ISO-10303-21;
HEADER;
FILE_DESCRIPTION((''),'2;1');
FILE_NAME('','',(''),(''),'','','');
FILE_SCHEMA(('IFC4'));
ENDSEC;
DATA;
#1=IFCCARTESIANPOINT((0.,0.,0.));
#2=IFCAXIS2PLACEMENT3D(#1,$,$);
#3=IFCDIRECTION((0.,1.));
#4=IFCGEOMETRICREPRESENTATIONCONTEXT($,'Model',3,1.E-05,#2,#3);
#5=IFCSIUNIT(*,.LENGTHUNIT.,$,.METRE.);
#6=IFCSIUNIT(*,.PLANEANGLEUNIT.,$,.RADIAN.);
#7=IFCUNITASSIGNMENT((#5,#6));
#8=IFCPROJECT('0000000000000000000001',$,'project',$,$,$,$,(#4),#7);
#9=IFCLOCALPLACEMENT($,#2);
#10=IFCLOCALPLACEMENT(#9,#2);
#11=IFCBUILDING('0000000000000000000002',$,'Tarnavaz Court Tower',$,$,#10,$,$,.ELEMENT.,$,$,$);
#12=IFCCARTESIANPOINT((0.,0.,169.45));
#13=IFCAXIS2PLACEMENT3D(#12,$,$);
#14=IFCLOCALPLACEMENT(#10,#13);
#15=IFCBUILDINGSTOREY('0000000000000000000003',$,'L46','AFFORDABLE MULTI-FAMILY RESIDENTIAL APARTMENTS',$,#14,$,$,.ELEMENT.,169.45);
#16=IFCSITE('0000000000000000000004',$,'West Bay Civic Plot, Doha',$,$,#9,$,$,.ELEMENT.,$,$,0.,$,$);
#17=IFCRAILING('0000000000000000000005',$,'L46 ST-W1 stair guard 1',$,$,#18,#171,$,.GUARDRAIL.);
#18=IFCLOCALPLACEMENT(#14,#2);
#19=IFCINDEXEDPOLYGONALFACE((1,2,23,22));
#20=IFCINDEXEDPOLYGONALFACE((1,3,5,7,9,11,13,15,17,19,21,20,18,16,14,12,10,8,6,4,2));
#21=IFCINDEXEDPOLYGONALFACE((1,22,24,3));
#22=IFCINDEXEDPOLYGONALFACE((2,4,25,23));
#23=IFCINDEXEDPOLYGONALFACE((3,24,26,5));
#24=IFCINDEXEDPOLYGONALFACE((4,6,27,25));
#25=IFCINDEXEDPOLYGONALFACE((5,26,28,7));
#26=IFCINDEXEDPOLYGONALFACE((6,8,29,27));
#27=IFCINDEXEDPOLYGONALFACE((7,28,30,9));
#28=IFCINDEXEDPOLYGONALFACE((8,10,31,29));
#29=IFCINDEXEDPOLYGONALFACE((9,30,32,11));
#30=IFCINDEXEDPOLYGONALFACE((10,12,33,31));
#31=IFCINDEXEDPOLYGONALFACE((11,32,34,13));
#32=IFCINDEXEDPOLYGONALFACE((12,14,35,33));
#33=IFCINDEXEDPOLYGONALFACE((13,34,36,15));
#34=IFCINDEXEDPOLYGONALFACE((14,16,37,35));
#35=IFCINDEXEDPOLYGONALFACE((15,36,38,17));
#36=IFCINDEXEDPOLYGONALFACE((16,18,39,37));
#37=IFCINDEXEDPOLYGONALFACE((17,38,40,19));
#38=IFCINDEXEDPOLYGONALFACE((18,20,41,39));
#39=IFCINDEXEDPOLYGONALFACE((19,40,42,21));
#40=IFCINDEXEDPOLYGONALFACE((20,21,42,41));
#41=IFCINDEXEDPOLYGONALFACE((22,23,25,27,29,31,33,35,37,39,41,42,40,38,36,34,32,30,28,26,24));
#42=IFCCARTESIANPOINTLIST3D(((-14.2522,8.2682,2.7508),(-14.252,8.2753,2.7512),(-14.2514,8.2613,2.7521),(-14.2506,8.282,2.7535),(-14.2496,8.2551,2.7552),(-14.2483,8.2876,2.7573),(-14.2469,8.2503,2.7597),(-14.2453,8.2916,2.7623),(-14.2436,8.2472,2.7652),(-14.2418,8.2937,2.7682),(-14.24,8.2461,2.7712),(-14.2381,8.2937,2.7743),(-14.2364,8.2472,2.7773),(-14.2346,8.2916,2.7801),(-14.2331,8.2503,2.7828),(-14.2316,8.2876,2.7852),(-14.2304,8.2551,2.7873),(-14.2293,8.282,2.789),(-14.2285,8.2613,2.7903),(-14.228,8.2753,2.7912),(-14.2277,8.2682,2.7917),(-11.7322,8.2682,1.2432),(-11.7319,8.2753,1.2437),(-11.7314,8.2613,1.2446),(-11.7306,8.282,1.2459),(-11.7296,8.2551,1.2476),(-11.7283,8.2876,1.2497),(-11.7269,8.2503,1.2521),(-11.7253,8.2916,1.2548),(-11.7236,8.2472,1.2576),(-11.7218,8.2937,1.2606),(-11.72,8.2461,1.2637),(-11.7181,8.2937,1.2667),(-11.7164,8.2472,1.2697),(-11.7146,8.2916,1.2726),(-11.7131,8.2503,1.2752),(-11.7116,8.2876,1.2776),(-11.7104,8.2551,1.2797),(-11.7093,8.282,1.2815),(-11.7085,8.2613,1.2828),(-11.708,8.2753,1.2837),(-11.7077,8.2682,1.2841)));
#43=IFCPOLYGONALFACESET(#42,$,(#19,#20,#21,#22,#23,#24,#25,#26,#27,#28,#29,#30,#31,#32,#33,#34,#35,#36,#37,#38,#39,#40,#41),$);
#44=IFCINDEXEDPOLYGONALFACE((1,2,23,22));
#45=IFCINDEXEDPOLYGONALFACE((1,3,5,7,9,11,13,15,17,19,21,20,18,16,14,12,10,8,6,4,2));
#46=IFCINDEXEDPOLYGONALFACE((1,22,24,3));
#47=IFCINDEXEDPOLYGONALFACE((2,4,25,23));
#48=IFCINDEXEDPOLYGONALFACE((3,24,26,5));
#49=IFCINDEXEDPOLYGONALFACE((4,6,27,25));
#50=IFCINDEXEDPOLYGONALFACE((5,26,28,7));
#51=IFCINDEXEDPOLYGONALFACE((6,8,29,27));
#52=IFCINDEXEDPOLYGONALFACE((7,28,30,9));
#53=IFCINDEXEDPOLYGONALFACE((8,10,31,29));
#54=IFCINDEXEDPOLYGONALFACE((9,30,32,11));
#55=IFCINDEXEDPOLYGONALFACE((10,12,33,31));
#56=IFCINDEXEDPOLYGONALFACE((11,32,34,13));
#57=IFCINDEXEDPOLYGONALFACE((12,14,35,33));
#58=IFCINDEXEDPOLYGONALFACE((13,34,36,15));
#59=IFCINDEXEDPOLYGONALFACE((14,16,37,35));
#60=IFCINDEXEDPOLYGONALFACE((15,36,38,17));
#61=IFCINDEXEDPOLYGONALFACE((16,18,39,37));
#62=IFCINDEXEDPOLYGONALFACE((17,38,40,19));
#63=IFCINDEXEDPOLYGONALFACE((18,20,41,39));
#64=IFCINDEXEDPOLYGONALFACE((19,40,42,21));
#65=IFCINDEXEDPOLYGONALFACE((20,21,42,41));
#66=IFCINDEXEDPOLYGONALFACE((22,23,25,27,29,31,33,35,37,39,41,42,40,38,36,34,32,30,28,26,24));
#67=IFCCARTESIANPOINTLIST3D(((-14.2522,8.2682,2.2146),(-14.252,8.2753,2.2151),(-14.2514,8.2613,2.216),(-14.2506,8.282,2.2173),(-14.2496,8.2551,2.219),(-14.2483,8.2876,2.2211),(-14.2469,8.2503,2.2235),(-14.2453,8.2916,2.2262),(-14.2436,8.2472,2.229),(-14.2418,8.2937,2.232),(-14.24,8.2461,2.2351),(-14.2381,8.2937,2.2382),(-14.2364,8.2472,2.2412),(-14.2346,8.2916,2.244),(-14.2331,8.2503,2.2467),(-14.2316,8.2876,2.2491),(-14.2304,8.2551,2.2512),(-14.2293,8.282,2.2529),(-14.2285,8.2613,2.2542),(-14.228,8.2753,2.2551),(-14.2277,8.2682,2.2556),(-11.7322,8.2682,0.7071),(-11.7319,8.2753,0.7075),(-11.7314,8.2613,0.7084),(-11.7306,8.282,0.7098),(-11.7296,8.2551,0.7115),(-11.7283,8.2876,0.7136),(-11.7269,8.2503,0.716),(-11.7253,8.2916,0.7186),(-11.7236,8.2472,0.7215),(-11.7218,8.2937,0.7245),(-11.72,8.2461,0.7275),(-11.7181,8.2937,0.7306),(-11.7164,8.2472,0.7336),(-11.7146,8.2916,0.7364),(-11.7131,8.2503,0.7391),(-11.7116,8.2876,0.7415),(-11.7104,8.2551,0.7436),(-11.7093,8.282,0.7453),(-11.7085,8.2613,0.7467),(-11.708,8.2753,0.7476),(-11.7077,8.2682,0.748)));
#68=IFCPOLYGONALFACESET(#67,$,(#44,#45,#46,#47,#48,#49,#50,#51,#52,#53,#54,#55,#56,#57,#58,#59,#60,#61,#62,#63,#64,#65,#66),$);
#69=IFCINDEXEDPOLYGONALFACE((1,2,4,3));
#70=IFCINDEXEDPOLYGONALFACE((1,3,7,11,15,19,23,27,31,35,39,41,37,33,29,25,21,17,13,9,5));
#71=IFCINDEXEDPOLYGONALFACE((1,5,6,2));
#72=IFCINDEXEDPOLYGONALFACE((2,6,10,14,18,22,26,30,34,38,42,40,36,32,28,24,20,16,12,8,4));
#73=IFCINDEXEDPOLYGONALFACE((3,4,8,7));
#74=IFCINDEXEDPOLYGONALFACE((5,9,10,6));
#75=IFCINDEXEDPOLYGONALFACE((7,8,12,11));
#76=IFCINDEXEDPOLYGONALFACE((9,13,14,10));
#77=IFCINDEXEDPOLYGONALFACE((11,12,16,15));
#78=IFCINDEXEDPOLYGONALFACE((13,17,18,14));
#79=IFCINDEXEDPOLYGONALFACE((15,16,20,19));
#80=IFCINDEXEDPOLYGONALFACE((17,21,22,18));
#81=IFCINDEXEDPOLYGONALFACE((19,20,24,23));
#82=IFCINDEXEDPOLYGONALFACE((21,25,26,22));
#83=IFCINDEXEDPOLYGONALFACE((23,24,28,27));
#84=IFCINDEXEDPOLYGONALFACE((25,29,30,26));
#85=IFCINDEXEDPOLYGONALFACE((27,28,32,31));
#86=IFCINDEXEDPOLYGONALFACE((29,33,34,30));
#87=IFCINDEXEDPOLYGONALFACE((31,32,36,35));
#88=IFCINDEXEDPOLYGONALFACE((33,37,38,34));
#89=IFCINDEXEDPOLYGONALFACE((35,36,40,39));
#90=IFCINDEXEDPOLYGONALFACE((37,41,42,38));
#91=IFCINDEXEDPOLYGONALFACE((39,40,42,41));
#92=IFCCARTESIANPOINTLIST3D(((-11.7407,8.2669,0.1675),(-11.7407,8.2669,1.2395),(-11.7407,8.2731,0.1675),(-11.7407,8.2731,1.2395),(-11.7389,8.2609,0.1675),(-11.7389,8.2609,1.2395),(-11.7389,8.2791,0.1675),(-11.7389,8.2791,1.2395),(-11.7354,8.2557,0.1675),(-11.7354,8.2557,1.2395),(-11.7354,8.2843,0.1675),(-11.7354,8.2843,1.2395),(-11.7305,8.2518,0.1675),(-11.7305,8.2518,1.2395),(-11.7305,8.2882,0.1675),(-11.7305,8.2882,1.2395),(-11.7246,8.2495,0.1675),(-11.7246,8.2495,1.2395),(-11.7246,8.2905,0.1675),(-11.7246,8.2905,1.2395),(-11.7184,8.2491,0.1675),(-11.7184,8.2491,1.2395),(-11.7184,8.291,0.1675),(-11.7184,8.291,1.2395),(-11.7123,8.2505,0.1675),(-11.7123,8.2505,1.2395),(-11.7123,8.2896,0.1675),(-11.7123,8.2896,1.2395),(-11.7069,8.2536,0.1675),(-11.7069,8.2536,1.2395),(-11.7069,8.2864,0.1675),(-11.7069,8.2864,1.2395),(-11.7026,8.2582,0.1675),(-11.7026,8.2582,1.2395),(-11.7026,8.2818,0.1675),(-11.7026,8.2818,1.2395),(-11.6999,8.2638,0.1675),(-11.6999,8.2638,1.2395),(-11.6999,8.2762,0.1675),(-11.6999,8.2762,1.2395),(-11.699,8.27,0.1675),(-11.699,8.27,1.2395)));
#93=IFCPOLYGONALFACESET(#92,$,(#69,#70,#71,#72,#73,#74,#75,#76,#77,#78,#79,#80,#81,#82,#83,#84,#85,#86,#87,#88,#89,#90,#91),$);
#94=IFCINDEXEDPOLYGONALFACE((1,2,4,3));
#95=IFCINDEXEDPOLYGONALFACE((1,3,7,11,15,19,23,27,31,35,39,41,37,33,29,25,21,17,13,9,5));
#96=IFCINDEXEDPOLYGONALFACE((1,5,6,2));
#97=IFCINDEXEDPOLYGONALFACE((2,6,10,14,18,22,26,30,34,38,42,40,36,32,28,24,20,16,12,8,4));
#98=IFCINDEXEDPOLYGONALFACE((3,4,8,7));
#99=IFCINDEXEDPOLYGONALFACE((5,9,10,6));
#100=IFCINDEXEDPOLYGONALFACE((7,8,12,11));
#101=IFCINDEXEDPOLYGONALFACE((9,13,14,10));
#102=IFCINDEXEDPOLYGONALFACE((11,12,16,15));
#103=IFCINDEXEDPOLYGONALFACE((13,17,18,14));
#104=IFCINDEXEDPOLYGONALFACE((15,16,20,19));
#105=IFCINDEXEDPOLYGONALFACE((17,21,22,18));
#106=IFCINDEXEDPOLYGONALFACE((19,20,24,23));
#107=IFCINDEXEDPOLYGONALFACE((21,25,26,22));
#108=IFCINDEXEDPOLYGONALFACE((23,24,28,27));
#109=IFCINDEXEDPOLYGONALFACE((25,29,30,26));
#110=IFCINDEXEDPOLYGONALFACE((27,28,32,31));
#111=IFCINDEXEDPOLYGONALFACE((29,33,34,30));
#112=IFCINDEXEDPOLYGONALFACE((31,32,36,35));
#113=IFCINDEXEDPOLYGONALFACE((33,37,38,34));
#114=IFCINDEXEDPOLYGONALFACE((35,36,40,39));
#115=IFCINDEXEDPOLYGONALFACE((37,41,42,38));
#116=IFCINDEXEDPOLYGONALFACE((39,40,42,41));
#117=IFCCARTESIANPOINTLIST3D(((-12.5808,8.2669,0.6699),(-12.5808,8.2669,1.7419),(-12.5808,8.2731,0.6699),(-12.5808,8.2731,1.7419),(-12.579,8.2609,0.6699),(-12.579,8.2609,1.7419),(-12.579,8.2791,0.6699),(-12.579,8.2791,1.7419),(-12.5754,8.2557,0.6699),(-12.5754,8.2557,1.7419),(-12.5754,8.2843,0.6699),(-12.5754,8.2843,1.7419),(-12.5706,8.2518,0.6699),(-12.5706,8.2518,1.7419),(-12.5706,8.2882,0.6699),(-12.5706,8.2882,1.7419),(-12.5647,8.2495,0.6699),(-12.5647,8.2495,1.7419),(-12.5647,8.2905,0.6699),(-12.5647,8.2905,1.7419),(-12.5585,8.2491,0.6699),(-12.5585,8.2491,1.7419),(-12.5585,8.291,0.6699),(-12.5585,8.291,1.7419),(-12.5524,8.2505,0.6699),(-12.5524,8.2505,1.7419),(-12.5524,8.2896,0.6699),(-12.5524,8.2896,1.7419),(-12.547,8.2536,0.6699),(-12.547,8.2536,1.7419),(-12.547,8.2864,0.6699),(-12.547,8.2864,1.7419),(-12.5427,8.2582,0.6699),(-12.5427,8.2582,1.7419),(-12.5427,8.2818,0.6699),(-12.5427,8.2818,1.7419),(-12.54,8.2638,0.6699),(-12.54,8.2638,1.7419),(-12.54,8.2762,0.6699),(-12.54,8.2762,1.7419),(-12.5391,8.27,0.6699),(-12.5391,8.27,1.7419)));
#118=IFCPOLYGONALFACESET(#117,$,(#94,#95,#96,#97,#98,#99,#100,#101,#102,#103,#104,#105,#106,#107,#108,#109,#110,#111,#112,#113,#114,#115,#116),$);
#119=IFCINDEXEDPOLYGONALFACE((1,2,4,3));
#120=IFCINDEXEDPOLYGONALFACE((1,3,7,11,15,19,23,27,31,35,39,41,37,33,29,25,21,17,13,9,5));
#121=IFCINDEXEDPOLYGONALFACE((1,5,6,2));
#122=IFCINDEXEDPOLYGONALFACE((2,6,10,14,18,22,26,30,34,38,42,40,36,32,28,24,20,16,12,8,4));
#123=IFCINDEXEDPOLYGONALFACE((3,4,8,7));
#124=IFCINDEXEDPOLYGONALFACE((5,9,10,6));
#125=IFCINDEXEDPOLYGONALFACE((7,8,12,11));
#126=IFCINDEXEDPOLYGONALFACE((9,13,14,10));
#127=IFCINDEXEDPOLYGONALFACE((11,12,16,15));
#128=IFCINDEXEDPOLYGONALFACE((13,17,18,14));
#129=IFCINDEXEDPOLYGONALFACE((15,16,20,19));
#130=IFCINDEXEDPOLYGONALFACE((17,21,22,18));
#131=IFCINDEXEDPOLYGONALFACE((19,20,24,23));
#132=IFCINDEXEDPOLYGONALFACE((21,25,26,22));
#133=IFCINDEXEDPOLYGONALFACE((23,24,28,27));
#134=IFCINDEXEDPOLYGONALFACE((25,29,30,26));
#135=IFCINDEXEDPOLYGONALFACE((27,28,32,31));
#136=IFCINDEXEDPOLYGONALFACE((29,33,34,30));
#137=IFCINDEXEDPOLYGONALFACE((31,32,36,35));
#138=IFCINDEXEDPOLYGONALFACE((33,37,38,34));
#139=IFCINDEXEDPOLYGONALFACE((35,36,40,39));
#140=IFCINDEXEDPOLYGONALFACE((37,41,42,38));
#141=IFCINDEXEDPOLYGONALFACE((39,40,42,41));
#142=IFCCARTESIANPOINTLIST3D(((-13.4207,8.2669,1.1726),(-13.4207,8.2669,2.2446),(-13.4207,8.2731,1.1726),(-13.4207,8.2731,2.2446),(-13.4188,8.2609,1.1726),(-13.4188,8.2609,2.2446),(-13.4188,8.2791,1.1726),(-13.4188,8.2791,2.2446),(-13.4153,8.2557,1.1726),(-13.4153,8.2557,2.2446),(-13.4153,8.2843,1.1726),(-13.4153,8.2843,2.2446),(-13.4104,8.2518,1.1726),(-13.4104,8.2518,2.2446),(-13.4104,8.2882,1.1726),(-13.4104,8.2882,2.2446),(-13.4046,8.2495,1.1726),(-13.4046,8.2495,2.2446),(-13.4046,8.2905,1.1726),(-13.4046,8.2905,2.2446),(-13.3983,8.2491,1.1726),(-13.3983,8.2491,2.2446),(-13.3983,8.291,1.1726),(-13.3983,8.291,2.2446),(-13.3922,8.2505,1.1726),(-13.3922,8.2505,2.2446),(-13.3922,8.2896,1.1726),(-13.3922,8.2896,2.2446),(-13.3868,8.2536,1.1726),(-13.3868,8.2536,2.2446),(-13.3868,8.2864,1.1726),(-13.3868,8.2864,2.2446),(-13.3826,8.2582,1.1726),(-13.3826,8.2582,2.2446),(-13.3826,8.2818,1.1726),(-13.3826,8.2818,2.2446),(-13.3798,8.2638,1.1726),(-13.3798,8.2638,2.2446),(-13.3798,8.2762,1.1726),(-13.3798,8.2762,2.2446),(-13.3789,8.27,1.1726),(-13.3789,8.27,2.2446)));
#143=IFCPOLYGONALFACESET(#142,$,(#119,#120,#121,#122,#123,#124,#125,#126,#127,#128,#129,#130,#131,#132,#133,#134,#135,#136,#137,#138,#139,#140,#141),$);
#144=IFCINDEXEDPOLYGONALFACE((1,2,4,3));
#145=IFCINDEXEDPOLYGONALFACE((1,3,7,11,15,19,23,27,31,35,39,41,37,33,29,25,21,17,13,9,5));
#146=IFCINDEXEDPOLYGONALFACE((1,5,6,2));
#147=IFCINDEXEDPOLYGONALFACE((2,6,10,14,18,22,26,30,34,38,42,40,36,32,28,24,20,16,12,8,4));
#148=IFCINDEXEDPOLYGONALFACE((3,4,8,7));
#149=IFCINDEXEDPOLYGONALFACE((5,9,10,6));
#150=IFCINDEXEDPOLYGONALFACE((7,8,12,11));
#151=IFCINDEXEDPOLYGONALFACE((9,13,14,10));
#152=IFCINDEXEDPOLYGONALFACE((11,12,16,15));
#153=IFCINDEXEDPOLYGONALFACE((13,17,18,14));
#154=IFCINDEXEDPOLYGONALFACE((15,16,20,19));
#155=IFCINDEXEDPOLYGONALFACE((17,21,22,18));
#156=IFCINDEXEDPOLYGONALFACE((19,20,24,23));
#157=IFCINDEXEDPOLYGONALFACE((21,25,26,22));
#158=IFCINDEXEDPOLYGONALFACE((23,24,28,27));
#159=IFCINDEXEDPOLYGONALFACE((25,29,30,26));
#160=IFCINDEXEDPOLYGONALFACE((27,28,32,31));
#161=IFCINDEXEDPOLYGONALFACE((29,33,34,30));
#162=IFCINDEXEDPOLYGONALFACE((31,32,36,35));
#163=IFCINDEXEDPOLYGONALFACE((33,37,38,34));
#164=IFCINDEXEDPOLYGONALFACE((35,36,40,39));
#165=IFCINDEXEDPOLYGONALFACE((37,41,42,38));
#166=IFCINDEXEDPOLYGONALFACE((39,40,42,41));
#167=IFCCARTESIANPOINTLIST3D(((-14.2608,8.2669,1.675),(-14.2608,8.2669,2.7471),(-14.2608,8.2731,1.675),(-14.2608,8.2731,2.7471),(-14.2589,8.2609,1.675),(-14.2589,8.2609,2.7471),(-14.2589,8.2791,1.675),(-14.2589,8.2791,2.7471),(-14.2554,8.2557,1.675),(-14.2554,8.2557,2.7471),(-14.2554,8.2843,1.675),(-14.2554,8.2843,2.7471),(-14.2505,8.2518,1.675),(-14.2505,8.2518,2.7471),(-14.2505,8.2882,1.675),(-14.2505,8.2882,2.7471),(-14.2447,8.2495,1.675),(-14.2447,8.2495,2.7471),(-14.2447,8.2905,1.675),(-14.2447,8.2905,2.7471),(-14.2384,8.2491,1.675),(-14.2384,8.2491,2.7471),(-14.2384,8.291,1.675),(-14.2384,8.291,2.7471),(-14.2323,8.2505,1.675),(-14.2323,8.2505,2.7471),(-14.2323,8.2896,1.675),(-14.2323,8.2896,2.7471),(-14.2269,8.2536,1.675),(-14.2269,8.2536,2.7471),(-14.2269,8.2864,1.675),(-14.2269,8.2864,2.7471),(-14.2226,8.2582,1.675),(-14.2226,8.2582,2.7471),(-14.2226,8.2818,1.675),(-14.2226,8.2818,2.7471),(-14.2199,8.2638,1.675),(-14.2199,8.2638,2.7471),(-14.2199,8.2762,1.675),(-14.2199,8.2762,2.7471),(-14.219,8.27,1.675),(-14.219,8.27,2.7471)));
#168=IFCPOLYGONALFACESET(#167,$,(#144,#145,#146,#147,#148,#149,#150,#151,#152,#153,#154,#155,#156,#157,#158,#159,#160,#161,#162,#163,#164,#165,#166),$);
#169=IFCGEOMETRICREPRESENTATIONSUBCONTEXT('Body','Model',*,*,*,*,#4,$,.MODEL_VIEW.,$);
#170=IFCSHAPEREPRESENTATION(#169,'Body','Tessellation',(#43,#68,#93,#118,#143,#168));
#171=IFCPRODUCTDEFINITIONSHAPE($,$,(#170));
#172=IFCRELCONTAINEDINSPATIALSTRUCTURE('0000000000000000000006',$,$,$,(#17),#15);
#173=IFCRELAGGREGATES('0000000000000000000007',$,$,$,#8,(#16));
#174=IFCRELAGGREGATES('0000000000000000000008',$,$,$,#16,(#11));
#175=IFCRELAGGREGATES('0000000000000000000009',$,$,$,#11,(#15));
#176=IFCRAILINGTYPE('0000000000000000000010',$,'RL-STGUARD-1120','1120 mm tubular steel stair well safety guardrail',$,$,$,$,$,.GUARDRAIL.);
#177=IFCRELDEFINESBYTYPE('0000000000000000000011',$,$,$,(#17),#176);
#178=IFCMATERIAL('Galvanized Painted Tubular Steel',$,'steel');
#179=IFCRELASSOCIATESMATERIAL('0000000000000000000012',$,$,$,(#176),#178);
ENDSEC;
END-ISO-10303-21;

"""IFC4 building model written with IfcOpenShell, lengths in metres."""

from ifc_helpers import new_model, si_unit, direction, frame, origin, origin_2d, place, context, subcontext, project, spatial, circle, extrude, material, type_object, element, save


model = new_model("IFC4")

# Units and contexts
model_context = context("Model", 3, precision=1e-05, world=origin(), true_north=direction((0.0, 1.0)))
body_context = subcontext(model_context, "Body", "Model", "MODEL_VIEW")
ifc_project = project(units=[si_unit("LENGTHUNIT", "METRE"), si_unit("PLANEANGLEUNIT", "RADIAN")], contexts=[model_context])

# Site, building, storey
site_placement = place(None, origin())
site = spatial("IfcSite", under=ifc_project, at=site_placement, Name="West Bay Civic Plot, Doha", CompositionType="ELEMENT", RefElevation=0.0)
building_placement = place(site_placement, origin())
building = spatial("IfcBuilding", under=site, at=building_placement, Name="Tarnavaz Court Tower", CompositionType="ELEMENT")
storey_placement = place(building_placement, frame((0.0, 0.0, 169.45)))
storey = spatial("IfcBuildingStorey", under=building, at=storey_placement, Name="L46", Description="AFFORDABLE MULTI-FAMILY RESIDENTIAL APARTMENTS", CompositionType="ELEMENT", Elevation=169.45)

# Railing
ifc_material_1 = material(Name="Galvanized Painted Tubular Steel", Category="steel")
railing_type_1 = type_object("IfcRailingType", Name="RL-STGUARD-1120", Description="1120 mm tubular steel stair well safety guardrail", PredefinedType="GUARDRAIL", material=ifc_material_1)
railing_1_placement = place(storey_placement, frame((-11.72, 8.27, 0.1675)))
element("IfcRailing", 1, at=railing_1_placement, inside=storey, type_object=railing_type_1, Name="L46 ST-W1 stair guard 1", PredefinedType="GUARDRAIL", context=body_context, shape_type="SweptSolid", body=[
    extrude(circle(Radius=0.0239, at=origin_2d()), frame((0.0, 0.0, 1.0962), z_axis=(-0.85816, 0.0, 0.513383), x_axis=(0.0, -1.0, 0.0)), (0.0, 0.0, 1.0), 2.9365),
    extrude(circle(Radius=0.0239, at=origin_2d()), frame((0.0, 0.0, 0.5601), z_axis=(-0.85816, 0.0, 0.513383), x_axis=(0.0, -1.0, 0.0)), (0.0, 0.0, 1.0), 2.9365),
    extrude(circle(Radius=0.021, at=origin_2d()), origin(), (0.0, 0.0, 1.0), 1.072),
    extrude(circle(Radius=0.021, at=origin_2d()), frame((-0.8401, 0.0, 0.5024)), (0.0, 0.0, 1.0), 1.072),
    extrude(circle(Radius=0.021, at=origin_2d()), frame((-1.6799, 0.0, 1.0051)), (0.0, 0.0, 1.0), 1.072),
    extrude(circle(Radius=0.021, at=origin_2d()), frame((-2.52, 0.0, 1.5076)), (0.0, 0.0, 1.0), 1.072),
])

save(model, "model.ifc")
